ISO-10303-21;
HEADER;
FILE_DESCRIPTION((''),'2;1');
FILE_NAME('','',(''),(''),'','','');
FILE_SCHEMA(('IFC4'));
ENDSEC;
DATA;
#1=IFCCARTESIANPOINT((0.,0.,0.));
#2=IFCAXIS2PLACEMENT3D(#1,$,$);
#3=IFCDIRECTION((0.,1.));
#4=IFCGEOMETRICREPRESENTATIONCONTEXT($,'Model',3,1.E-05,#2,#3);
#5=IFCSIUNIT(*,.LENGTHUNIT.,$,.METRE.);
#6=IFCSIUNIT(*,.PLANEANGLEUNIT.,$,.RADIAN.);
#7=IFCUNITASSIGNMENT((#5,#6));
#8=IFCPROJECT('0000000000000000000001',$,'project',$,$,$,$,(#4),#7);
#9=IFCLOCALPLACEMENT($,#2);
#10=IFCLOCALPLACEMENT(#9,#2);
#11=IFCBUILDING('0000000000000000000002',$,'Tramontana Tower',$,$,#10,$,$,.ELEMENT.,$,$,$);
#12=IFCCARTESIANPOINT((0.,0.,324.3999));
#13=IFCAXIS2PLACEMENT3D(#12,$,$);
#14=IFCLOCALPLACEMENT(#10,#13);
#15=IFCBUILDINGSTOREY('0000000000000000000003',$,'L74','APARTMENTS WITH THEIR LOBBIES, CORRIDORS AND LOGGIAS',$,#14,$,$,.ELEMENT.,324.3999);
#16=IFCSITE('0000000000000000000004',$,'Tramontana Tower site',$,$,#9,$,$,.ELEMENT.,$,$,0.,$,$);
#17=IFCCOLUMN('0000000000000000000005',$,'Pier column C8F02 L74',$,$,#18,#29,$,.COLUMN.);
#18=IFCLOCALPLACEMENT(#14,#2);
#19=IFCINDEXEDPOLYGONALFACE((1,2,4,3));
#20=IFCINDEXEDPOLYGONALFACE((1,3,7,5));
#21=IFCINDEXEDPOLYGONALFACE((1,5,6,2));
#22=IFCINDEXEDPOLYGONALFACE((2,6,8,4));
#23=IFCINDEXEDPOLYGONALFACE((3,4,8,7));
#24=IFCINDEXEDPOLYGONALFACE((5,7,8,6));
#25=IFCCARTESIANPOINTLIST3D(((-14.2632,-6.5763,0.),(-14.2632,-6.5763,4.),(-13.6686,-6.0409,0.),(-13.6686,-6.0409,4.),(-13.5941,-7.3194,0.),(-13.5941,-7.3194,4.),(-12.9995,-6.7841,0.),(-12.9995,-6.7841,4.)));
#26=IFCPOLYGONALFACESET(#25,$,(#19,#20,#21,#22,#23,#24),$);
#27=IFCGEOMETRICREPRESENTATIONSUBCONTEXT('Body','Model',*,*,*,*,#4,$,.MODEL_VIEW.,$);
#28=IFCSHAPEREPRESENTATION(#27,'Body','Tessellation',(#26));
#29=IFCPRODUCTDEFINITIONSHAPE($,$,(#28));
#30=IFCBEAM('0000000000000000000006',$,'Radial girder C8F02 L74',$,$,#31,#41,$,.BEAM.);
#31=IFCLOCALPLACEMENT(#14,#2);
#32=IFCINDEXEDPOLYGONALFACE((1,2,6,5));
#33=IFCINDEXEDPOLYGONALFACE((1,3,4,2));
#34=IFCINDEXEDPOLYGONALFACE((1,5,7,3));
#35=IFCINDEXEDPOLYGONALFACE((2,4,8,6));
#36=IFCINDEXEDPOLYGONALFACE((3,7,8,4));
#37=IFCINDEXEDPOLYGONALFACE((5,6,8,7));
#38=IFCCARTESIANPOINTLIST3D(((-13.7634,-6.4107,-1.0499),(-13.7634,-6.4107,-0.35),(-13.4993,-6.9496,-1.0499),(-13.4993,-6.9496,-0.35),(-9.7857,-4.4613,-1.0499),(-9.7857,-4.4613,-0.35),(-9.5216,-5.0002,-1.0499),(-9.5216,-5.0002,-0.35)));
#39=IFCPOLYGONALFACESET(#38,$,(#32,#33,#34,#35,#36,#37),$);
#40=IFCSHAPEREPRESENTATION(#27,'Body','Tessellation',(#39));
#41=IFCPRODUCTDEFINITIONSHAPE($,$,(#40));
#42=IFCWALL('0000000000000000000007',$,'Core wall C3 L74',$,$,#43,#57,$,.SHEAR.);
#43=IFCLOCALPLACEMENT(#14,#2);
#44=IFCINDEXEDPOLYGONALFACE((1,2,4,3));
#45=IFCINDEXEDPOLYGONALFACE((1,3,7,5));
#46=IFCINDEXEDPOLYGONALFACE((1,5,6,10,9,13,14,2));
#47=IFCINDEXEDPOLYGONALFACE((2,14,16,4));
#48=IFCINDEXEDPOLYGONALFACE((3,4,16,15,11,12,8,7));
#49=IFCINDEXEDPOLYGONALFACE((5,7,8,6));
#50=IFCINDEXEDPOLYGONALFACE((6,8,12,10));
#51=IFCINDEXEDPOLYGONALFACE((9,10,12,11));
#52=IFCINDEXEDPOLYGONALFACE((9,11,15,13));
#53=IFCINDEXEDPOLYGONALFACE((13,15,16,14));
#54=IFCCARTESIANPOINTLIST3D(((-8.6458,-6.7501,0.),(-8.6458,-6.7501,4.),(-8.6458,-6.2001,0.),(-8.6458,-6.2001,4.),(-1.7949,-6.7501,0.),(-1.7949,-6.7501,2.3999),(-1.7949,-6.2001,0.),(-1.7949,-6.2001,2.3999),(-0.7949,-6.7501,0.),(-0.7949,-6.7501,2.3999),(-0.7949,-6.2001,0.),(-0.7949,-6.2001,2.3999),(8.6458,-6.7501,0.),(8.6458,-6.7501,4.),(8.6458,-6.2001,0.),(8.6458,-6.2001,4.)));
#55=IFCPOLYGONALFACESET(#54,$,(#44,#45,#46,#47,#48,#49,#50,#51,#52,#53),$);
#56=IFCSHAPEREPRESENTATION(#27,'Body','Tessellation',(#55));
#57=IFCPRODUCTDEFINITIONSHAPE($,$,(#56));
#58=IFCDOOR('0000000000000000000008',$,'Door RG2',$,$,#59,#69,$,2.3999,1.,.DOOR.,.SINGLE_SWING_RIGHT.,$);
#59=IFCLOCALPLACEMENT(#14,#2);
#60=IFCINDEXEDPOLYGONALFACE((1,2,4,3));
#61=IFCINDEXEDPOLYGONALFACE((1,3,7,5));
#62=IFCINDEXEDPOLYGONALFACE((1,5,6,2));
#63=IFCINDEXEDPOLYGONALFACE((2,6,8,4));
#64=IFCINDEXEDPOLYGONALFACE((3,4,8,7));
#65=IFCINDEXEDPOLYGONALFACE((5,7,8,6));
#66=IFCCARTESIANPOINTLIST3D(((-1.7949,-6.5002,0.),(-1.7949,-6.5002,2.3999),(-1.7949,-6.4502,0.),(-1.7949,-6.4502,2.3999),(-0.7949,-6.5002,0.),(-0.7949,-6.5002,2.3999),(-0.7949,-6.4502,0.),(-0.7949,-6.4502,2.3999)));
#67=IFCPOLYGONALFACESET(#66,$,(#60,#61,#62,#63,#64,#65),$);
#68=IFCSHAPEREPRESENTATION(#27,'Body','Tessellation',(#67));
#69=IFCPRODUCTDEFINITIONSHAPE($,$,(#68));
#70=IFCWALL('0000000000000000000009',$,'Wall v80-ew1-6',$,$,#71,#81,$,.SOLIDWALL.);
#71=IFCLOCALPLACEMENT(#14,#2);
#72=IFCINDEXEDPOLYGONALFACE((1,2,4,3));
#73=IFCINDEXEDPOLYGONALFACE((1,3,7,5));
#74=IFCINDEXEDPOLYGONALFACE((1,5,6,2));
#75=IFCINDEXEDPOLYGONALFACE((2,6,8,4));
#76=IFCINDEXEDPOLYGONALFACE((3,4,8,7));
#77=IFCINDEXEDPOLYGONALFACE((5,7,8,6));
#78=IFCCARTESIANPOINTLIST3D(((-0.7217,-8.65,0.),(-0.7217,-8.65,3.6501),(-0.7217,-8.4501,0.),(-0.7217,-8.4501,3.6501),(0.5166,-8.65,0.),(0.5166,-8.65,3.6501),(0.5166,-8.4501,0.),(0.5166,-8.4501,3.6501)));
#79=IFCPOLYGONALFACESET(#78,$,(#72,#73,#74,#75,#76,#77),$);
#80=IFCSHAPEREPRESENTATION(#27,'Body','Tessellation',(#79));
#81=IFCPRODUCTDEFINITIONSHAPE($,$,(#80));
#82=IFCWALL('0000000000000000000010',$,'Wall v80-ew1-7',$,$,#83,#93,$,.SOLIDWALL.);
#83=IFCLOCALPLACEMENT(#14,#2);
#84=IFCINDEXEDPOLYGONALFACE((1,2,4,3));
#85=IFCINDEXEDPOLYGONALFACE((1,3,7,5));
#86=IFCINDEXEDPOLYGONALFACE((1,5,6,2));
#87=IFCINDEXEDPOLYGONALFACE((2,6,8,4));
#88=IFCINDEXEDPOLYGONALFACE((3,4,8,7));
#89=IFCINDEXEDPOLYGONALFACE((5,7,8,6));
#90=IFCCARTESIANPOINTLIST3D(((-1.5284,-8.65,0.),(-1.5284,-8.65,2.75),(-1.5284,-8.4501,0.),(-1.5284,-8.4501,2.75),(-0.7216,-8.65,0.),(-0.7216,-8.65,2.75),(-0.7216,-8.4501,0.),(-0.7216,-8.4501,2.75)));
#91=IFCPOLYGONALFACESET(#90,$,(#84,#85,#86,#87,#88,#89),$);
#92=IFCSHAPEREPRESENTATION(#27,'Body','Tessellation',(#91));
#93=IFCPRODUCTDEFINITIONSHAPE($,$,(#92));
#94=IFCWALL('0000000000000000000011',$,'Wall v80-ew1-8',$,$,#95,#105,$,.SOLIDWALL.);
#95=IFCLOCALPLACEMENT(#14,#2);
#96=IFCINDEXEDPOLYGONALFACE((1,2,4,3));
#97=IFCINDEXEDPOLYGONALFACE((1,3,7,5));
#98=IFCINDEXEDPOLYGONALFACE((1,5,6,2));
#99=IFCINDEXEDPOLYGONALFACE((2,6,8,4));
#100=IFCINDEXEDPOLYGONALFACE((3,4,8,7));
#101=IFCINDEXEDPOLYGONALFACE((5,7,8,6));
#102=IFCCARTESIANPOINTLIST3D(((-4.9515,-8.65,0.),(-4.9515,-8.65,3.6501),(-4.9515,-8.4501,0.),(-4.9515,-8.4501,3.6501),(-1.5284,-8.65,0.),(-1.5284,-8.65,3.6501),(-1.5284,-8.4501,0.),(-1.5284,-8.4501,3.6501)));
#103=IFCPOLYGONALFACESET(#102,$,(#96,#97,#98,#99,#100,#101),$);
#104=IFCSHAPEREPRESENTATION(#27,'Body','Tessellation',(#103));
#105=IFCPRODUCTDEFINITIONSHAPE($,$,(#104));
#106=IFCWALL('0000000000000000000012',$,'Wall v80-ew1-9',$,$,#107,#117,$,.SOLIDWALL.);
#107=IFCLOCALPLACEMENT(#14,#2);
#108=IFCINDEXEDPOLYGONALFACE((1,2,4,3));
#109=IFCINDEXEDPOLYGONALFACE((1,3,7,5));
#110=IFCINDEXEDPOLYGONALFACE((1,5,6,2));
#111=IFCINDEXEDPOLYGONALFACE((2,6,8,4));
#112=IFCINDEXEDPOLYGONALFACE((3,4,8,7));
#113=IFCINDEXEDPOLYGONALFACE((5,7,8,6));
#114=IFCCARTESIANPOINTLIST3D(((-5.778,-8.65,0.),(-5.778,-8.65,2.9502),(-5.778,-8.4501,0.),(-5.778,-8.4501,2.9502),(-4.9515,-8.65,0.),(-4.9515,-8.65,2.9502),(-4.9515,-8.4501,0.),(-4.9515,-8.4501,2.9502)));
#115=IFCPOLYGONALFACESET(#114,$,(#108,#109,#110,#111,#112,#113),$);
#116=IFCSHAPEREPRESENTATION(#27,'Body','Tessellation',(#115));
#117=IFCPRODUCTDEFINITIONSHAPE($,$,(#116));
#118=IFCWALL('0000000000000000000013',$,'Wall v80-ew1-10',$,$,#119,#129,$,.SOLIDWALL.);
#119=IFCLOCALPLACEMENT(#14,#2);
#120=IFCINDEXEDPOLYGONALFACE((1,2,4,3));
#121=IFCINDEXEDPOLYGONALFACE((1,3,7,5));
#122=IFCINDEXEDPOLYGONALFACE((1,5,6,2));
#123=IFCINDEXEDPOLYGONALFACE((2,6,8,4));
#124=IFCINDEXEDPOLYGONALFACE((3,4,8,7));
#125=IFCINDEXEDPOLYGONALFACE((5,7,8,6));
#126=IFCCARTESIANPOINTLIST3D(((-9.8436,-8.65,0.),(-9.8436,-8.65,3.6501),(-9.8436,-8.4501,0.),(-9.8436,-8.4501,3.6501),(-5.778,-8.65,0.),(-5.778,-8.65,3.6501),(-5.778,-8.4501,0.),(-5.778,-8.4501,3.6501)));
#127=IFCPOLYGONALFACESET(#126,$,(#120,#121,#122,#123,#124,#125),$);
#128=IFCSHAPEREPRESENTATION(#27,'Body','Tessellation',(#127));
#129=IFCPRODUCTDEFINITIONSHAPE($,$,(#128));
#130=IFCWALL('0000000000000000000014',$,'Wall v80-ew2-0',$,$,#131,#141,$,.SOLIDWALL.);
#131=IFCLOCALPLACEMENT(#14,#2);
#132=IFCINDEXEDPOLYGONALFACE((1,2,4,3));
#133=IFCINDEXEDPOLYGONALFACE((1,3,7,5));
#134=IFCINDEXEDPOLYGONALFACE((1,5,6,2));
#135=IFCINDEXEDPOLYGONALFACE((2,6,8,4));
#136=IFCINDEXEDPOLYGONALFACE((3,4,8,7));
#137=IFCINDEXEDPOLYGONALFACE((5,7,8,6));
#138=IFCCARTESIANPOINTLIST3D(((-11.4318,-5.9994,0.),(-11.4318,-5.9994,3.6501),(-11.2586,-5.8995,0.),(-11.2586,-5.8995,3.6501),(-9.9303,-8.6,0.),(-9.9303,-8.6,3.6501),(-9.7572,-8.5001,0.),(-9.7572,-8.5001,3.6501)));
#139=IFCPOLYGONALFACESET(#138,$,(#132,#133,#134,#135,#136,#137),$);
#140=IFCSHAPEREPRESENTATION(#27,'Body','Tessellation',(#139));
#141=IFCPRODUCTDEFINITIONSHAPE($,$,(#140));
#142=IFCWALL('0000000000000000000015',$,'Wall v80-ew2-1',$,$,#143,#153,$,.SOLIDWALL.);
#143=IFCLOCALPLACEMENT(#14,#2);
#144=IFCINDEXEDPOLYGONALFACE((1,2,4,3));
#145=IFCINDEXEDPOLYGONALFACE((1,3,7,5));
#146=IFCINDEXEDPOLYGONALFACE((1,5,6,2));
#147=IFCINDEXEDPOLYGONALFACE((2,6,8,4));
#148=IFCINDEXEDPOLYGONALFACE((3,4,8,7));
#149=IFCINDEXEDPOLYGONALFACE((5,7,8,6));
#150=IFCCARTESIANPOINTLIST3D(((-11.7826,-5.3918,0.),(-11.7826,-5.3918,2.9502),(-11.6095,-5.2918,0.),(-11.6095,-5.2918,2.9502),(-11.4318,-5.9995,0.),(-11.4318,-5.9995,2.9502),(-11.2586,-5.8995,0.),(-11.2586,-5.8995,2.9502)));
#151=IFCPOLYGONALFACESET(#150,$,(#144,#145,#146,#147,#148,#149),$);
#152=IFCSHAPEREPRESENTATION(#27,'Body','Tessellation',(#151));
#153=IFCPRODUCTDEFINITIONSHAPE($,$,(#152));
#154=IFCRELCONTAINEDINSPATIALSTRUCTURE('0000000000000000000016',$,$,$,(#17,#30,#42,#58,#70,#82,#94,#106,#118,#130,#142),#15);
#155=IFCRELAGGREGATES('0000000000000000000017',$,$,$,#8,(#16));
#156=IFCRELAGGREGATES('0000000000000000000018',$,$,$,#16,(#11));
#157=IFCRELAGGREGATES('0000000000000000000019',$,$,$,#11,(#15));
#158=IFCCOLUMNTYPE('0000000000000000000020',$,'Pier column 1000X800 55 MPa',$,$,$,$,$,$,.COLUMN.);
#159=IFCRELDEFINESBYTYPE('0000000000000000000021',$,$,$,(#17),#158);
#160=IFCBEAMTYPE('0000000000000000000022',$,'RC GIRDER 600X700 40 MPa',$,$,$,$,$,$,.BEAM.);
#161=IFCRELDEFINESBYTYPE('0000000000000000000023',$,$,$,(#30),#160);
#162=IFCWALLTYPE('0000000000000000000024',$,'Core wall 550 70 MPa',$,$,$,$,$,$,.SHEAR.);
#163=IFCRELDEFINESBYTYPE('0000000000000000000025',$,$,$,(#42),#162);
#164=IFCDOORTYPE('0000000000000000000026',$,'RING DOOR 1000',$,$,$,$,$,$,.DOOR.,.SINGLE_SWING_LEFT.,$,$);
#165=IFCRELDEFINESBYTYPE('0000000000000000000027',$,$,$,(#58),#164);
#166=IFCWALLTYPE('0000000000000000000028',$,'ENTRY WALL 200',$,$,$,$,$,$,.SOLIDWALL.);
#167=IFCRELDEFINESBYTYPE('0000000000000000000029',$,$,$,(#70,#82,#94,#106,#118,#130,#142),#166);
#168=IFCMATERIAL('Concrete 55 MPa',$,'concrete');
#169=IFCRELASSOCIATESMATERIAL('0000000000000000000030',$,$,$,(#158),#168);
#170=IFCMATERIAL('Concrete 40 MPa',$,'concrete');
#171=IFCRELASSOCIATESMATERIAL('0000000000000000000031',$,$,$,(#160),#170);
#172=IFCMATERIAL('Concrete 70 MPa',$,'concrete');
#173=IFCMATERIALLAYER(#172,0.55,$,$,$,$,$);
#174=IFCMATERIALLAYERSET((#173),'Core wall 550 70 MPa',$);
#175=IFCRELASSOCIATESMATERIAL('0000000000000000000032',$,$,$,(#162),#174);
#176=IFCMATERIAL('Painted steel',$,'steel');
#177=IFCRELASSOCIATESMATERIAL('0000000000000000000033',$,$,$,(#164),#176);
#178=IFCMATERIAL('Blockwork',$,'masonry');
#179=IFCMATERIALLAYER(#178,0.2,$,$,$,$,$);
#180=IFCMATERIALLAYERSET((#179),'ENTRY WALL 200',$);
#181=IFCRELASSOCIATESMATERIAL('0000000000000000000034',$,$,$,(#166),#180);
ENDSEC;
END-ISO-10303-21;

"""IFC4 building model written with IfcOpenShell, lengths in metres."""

from ifc_helpers import new_model, si_unit, direction, frame, frame_2d, origin, origin_2d, place, context, subcontext, project, spatial, rectangle, extrude, material, layer, layer_set, material_profile, profile_set, type_object, element, fill, save


model = new_model("IFC4")

# Units and contexts
model_context = context("Model", 3, precision=1e-05, world=origin(), true_north=direction((0.0, 1.0)))
body_context = subcontext(model_context, "Body", "Model", "MODEL_VIEW")
ifc_project = project(units=[si_unit("LENGTHUNIT", "METRE"), si_unit("PLANEANGLEUNIT", "RADIAN")], contexts=[model_context])

# Site, building, storey
site_placement = place(None, origin())
site = spatial("IfcSite", under=ifc_project, at=site_placement, Name="Tramontana Tower site", CompositionType="ELEMENT", RefElevation=0.0)
building_placement = place(site_placement, origin())
building = spatial("IfcBuilding", under=site, at=building_placement, Name="Tramontana Tower", CompositionType="ELEMENT")
storey_placement = place(building_placement, frame((0.0, 0.0, 324.3999)))
storey = spatial("IfcBuildingStorey", under=building, at=storey_placement, Name="L74", Description="APARTMENTS WITH THEIR LOBBIES, CORRIDORS AND LOGGIAS", CompositionType="ELEMENT", Elevation=324.3999)

# Column
ifc_material_1 = material(Name="Concrete 55 MPa", Category="concrete")
ifc_material_profile_1 = material_profile(ifc_material_1, rectangle(XDim=1.0, YDim=0.8, at=origin_2d()), Name="Pier column 1000X800 55 MPa")
ifc_profile_set_1 = profile_set([ifc_material_profile_1], Name="Concrete 55 MPa")
column_type = type_object("IfcColumnType", Name="Pier column 1000X800 55 MPa", PredefinedType="COLUMN", material=ifc_profile_set_1)
column_placement = place(storey_placement, frame((-13.6313, -6.6802, 0.0), z_axis=(0.0, 0.0, 1.0), x_axis=(0.669131, -0.743145, 0.0)))
element("IfcColumn", 1, at=column_placement, inside=storey, type_object=column_type, Name="Pier column C8F02 L74", PredefinedType="COLUMN", context=body_context, shape_type="SweptSolid", body=[
    extrude(rectangle(XDim=1.0, YDim=0.8, at=origin_2d()), origin(), (0.0, 0.0, 1.0), 4.0),
])

# Beam
ifc_material_2 = material(Name="Concrete 40 MPa", Category="concrete")
ifc_material_profile_2 = material_profile(ifc_material_2, rectangle(XDim=0.6001, YDim=0.7, at=origin_2d()), Name="RC GIRDER 600X700 40 MPa")
ifc_profile_set_2 = profile_set([ifc_material_profile_2], Name="Concrete 40 MPa")
beam_type = type_object("IfcBeamType", Name="RC GIRDER 600X700 40 MPa", PredefinedType="BEAM", material=ifc_profile_set_2)
beam_placement = place(storey_placement, frame((-13.6313, -6.6802, -0.7), z_axis=(0.897959, 0.440079, 0.0), x_axis=(-0.440079, 0.897959, 0.0)))
element("IfcBeam", 2, at=beam_placement, inside=storey, type_object=beam_type, Name="Radial girder C8F02 L74", PredefinedType="BEAM", context=body_context, shape_type="SweptSolid", body=[
    extrude(rectangle(XDim=0.6001, YDim=0.7, at=origin_2d()), origin(), (0.0, 0.0, 1.0), 4.4297),
])

# Wall, opening, door
ifc_material_3 = material(Name="Concrete 70 MPa", Category="concrete")
ifc_layer_1 = layer(ifc_material_3, 0.55)
ifc_layer_set_1 = layer_set([ifc_layer_1], Name="Core wall 550 70 MPa")
wall_type_1 = type_object("IfcWallType", Name="Core wall 550 70 MPa", PredefinedType="SHEAR", material=ifc_layer_set_1)
wall_1_placement = place(storey_placement, frame((-8.6458, -6.4751, 0.0), z_axis=(0.0, 0.0, 1.0), x_axis=(1.0, 0.0, 0.0)))
wall_1 = element("IfcWall", 3, at=wall_1_placement, inside=storey, type_object=wall_type_1, Name="Core wall C3 L74", PredefinedType="SHEAR", context=body_context, shape_type="SweptSolid", body=[
    extrude(rectangle(XDim=17.2915, YDim=0.55, at=frame_2d((8.6458, 0.0))), origin(), (0.0, 0.0, 1.0), 4.0),
])
opening_1_placement = place(wall_1_placement, frame((6.8508, 0.0, 0.0)))
opening_1 = element("IfcOpeningElement", 4, at=opening_1_placement, cuts=wall_1, PredefinedType="OPENING", context=body_context, shape_type="SweptSolid", body=[
    extrude(rectangle(XDim=1.0, YDim=2.3999, at=frame_2d((0.5, 1.2))), frame((0.0, 0.2849, 0.0), z_axis=(0.0, -1.0, 0.0), x_axis=(1.0, 0.0, 0.0)), (0.0, 0.0, 1.0), 0.5701),
])
ifc_material_4 = material(Name="Painted steel", Category="steel")
door_type_1 = type_object("IfcDoorType", Name="RING DOOR 1000", OperationType="SINGLE_SWING_LEFT", PredefinedType="DOOR", material=ifc_material_4)
door_1_placement = place(opening_1_placement, origin())
door_1 = element("IfcDoor", 5, at=door_1_placement, inside=storey, type_object=door_type_1, Name="Door RG2", OperationType="SINGLE_SWING_RIGHT", OverallHeight=2.3999, OverallWidth=1.0, PredefinedType="DOOR", context=body_context, shape_type="SweptSolid", body=[
    extrude(rectangle(XDim=1.0, YDim=2.3999, at=frame_2d((0.5, 1.2))), frame((0.0, 0.0249, 0.0), z_axis=(0.0, -1.0, 0.0), x_axis=(1.0, 0.0, 0.0)), (0.0, 0.0, 1.0), 0.05),
])
fill(opening_1, door_1)

# Walls
ifc_material_5 = material(Name="Blockwork", Category="masonry")
ifc_layer_2 = layer(ifc_material_5, 0.2)
ifc_layer_set_2 = layer_set([ifc_layer_2], Name="ENTRY WALL 200")
wall_type_2 = type_object("IfcWallType", Name="ENTRY WALL 200", PredefinedType="SOLIDWALL", material=ifc_layer_set_2)
wall_2_placement = place(storey_placement, frame((0.5166, -8.55, 0.0), z_axis=(0.0, 0.0, 1.0), x_axis=(-1.0, 0.0, 0.0)))
element("IfcWall", 6, at=wall_2_placement, inside=storey, type_object=wall_type_2, Name="Wall v80-ew1-6", PredefinedType="SOLIDWALL", context=body_context, shape_type="SweptSolid", body=[
    extrude(rectangle(XDim=1.2383, YDim=0.2, at=frame_2d((0.6191, 0.0))), origin(), (0.0, 0.0, 1.0), 3.6501),
])
wall_3_placement = place(storey_placement, frame((-0.7217, -8.55, 0.0), z_axis=(0.0, 0.0, 1.0), x_axis=(-1.0, 0.0, 0.0)))
element("IfcWall", 7, at=wall_3_placement, inside=storey, type_object=wall_type_2, Name="Wall v80-ew1-7", PredefinedType="SOLIDWALL", context=body_context, shape_type="SweptSolid", body=[
    extrude(rectangle(XDim=0.8069, YDim=0.2, at=frame_2d((0.4033, 0.0))), origin(), (0.0, 0.0, 1.0), 2.75),
])
wall_4_placement = place(storey_placement, frame((-1.5286, -8.55, 0.0), z_axis=(0.0, 0.0, 1.0), x_axis=(-1.0, 0.0, 0.0)))
element("IfcWall", 8, at=wall_4_placement, inside=storey, type_object=wall_type_2, Name="Wall v80-ew1-8", PredefinedType="SOLIDWALL", context=body_context, shape_type="SweptSolid", body=[
    extrude(rectangle(XDim=3.4231, YDim=0.2, at=frame_2d((1.7114, 0.0))), origin(), (0.0, 0.0, 1.0), 3.6501),
])
wall_5_placement = place(storey_placement, frame((-4.9517, -8.55, 0.0), z_axis=(0.0, 0.0, 1.0), x_axis=(-1.0, 0.0, 0.0)))
element("IfcWall", 9, at=wall_5_placement, inside=storey, type_object=wall_type_2, Name="Wall v80-ew1-9", PredefinedType="SOLIDWALL", context=body_context, shape_type="SweptSolid", body=[
    extrude(rectangle(XDim=0.8264, YDim=0.2, at=frame_2d((0.4131, 0.0))), origin(), (0.0, 0.0, 1.0), 2.9502),
])
wall_6_placement = place(storey_placement, frame((-5.7781, -8.55, 0.0), z_axis=(0.0, 0.0, 1.0), x_axis=(-1.0, 0.0, 0.0)))
element("IfcWall", 10, at=wall_6_placement, inside=storey, type_object=wall_type_2, Name="Wall v80-ew1-10", PredefinedType="SOLIDWALL", context=body_context, shape_type="SweptSolid", body=[
    extrude(rectangle(XDim=4.0657, YDim=0.2, at=frame_2d((2.0327, 0.0))), origin(), (0.0, 0.0, 1.0), 3.6501),
])
wall_7_placement = place(storey_placement, frame((-9.8438, -8.55, 0.0), z_axis=(0.0, 0.0, 1.0), x_axis=(-0.500004, 0.866023, 0.0)))
element("IfcWall", 11, at=wall_7_placement, inside=storey, type_object=wall_type_2, Name="Wall v80-ew2-0", PredefinedType="SOLIDWALL", context=body_context, shape_type="SweptSolid", body=[
    extrude(rectangle(XDim=3.0029, YDim=0.2, at=frame_2d((1.5015, 0.0))), origin(), (0.0, 0.0, 1.0), 3.6501),
])
wall_8_placement = place(storey_placement, frame((-11.3452, -5.9495, 0.0), z_axis=(0.0, 0.0, 1.0), x_axis=(-0.499994, 0.866029, 0.0)))
element("IfcWall", 12, at=wall_8_placement, inside=storey, type_object=wall_type_2, Name="Wall v80-ew2-1", PredefinedType="SOLIDWALL", context=body_context, shape_type="SweptSolid", body=[
    extrude(rectangle(XDim=0.7017, YDim=0.2, at=frame_2d((0.3508, 0.0))), origin(), (0.0, 0.0, 1.0), 2.9502),
])

save(model, "model.ifc")
